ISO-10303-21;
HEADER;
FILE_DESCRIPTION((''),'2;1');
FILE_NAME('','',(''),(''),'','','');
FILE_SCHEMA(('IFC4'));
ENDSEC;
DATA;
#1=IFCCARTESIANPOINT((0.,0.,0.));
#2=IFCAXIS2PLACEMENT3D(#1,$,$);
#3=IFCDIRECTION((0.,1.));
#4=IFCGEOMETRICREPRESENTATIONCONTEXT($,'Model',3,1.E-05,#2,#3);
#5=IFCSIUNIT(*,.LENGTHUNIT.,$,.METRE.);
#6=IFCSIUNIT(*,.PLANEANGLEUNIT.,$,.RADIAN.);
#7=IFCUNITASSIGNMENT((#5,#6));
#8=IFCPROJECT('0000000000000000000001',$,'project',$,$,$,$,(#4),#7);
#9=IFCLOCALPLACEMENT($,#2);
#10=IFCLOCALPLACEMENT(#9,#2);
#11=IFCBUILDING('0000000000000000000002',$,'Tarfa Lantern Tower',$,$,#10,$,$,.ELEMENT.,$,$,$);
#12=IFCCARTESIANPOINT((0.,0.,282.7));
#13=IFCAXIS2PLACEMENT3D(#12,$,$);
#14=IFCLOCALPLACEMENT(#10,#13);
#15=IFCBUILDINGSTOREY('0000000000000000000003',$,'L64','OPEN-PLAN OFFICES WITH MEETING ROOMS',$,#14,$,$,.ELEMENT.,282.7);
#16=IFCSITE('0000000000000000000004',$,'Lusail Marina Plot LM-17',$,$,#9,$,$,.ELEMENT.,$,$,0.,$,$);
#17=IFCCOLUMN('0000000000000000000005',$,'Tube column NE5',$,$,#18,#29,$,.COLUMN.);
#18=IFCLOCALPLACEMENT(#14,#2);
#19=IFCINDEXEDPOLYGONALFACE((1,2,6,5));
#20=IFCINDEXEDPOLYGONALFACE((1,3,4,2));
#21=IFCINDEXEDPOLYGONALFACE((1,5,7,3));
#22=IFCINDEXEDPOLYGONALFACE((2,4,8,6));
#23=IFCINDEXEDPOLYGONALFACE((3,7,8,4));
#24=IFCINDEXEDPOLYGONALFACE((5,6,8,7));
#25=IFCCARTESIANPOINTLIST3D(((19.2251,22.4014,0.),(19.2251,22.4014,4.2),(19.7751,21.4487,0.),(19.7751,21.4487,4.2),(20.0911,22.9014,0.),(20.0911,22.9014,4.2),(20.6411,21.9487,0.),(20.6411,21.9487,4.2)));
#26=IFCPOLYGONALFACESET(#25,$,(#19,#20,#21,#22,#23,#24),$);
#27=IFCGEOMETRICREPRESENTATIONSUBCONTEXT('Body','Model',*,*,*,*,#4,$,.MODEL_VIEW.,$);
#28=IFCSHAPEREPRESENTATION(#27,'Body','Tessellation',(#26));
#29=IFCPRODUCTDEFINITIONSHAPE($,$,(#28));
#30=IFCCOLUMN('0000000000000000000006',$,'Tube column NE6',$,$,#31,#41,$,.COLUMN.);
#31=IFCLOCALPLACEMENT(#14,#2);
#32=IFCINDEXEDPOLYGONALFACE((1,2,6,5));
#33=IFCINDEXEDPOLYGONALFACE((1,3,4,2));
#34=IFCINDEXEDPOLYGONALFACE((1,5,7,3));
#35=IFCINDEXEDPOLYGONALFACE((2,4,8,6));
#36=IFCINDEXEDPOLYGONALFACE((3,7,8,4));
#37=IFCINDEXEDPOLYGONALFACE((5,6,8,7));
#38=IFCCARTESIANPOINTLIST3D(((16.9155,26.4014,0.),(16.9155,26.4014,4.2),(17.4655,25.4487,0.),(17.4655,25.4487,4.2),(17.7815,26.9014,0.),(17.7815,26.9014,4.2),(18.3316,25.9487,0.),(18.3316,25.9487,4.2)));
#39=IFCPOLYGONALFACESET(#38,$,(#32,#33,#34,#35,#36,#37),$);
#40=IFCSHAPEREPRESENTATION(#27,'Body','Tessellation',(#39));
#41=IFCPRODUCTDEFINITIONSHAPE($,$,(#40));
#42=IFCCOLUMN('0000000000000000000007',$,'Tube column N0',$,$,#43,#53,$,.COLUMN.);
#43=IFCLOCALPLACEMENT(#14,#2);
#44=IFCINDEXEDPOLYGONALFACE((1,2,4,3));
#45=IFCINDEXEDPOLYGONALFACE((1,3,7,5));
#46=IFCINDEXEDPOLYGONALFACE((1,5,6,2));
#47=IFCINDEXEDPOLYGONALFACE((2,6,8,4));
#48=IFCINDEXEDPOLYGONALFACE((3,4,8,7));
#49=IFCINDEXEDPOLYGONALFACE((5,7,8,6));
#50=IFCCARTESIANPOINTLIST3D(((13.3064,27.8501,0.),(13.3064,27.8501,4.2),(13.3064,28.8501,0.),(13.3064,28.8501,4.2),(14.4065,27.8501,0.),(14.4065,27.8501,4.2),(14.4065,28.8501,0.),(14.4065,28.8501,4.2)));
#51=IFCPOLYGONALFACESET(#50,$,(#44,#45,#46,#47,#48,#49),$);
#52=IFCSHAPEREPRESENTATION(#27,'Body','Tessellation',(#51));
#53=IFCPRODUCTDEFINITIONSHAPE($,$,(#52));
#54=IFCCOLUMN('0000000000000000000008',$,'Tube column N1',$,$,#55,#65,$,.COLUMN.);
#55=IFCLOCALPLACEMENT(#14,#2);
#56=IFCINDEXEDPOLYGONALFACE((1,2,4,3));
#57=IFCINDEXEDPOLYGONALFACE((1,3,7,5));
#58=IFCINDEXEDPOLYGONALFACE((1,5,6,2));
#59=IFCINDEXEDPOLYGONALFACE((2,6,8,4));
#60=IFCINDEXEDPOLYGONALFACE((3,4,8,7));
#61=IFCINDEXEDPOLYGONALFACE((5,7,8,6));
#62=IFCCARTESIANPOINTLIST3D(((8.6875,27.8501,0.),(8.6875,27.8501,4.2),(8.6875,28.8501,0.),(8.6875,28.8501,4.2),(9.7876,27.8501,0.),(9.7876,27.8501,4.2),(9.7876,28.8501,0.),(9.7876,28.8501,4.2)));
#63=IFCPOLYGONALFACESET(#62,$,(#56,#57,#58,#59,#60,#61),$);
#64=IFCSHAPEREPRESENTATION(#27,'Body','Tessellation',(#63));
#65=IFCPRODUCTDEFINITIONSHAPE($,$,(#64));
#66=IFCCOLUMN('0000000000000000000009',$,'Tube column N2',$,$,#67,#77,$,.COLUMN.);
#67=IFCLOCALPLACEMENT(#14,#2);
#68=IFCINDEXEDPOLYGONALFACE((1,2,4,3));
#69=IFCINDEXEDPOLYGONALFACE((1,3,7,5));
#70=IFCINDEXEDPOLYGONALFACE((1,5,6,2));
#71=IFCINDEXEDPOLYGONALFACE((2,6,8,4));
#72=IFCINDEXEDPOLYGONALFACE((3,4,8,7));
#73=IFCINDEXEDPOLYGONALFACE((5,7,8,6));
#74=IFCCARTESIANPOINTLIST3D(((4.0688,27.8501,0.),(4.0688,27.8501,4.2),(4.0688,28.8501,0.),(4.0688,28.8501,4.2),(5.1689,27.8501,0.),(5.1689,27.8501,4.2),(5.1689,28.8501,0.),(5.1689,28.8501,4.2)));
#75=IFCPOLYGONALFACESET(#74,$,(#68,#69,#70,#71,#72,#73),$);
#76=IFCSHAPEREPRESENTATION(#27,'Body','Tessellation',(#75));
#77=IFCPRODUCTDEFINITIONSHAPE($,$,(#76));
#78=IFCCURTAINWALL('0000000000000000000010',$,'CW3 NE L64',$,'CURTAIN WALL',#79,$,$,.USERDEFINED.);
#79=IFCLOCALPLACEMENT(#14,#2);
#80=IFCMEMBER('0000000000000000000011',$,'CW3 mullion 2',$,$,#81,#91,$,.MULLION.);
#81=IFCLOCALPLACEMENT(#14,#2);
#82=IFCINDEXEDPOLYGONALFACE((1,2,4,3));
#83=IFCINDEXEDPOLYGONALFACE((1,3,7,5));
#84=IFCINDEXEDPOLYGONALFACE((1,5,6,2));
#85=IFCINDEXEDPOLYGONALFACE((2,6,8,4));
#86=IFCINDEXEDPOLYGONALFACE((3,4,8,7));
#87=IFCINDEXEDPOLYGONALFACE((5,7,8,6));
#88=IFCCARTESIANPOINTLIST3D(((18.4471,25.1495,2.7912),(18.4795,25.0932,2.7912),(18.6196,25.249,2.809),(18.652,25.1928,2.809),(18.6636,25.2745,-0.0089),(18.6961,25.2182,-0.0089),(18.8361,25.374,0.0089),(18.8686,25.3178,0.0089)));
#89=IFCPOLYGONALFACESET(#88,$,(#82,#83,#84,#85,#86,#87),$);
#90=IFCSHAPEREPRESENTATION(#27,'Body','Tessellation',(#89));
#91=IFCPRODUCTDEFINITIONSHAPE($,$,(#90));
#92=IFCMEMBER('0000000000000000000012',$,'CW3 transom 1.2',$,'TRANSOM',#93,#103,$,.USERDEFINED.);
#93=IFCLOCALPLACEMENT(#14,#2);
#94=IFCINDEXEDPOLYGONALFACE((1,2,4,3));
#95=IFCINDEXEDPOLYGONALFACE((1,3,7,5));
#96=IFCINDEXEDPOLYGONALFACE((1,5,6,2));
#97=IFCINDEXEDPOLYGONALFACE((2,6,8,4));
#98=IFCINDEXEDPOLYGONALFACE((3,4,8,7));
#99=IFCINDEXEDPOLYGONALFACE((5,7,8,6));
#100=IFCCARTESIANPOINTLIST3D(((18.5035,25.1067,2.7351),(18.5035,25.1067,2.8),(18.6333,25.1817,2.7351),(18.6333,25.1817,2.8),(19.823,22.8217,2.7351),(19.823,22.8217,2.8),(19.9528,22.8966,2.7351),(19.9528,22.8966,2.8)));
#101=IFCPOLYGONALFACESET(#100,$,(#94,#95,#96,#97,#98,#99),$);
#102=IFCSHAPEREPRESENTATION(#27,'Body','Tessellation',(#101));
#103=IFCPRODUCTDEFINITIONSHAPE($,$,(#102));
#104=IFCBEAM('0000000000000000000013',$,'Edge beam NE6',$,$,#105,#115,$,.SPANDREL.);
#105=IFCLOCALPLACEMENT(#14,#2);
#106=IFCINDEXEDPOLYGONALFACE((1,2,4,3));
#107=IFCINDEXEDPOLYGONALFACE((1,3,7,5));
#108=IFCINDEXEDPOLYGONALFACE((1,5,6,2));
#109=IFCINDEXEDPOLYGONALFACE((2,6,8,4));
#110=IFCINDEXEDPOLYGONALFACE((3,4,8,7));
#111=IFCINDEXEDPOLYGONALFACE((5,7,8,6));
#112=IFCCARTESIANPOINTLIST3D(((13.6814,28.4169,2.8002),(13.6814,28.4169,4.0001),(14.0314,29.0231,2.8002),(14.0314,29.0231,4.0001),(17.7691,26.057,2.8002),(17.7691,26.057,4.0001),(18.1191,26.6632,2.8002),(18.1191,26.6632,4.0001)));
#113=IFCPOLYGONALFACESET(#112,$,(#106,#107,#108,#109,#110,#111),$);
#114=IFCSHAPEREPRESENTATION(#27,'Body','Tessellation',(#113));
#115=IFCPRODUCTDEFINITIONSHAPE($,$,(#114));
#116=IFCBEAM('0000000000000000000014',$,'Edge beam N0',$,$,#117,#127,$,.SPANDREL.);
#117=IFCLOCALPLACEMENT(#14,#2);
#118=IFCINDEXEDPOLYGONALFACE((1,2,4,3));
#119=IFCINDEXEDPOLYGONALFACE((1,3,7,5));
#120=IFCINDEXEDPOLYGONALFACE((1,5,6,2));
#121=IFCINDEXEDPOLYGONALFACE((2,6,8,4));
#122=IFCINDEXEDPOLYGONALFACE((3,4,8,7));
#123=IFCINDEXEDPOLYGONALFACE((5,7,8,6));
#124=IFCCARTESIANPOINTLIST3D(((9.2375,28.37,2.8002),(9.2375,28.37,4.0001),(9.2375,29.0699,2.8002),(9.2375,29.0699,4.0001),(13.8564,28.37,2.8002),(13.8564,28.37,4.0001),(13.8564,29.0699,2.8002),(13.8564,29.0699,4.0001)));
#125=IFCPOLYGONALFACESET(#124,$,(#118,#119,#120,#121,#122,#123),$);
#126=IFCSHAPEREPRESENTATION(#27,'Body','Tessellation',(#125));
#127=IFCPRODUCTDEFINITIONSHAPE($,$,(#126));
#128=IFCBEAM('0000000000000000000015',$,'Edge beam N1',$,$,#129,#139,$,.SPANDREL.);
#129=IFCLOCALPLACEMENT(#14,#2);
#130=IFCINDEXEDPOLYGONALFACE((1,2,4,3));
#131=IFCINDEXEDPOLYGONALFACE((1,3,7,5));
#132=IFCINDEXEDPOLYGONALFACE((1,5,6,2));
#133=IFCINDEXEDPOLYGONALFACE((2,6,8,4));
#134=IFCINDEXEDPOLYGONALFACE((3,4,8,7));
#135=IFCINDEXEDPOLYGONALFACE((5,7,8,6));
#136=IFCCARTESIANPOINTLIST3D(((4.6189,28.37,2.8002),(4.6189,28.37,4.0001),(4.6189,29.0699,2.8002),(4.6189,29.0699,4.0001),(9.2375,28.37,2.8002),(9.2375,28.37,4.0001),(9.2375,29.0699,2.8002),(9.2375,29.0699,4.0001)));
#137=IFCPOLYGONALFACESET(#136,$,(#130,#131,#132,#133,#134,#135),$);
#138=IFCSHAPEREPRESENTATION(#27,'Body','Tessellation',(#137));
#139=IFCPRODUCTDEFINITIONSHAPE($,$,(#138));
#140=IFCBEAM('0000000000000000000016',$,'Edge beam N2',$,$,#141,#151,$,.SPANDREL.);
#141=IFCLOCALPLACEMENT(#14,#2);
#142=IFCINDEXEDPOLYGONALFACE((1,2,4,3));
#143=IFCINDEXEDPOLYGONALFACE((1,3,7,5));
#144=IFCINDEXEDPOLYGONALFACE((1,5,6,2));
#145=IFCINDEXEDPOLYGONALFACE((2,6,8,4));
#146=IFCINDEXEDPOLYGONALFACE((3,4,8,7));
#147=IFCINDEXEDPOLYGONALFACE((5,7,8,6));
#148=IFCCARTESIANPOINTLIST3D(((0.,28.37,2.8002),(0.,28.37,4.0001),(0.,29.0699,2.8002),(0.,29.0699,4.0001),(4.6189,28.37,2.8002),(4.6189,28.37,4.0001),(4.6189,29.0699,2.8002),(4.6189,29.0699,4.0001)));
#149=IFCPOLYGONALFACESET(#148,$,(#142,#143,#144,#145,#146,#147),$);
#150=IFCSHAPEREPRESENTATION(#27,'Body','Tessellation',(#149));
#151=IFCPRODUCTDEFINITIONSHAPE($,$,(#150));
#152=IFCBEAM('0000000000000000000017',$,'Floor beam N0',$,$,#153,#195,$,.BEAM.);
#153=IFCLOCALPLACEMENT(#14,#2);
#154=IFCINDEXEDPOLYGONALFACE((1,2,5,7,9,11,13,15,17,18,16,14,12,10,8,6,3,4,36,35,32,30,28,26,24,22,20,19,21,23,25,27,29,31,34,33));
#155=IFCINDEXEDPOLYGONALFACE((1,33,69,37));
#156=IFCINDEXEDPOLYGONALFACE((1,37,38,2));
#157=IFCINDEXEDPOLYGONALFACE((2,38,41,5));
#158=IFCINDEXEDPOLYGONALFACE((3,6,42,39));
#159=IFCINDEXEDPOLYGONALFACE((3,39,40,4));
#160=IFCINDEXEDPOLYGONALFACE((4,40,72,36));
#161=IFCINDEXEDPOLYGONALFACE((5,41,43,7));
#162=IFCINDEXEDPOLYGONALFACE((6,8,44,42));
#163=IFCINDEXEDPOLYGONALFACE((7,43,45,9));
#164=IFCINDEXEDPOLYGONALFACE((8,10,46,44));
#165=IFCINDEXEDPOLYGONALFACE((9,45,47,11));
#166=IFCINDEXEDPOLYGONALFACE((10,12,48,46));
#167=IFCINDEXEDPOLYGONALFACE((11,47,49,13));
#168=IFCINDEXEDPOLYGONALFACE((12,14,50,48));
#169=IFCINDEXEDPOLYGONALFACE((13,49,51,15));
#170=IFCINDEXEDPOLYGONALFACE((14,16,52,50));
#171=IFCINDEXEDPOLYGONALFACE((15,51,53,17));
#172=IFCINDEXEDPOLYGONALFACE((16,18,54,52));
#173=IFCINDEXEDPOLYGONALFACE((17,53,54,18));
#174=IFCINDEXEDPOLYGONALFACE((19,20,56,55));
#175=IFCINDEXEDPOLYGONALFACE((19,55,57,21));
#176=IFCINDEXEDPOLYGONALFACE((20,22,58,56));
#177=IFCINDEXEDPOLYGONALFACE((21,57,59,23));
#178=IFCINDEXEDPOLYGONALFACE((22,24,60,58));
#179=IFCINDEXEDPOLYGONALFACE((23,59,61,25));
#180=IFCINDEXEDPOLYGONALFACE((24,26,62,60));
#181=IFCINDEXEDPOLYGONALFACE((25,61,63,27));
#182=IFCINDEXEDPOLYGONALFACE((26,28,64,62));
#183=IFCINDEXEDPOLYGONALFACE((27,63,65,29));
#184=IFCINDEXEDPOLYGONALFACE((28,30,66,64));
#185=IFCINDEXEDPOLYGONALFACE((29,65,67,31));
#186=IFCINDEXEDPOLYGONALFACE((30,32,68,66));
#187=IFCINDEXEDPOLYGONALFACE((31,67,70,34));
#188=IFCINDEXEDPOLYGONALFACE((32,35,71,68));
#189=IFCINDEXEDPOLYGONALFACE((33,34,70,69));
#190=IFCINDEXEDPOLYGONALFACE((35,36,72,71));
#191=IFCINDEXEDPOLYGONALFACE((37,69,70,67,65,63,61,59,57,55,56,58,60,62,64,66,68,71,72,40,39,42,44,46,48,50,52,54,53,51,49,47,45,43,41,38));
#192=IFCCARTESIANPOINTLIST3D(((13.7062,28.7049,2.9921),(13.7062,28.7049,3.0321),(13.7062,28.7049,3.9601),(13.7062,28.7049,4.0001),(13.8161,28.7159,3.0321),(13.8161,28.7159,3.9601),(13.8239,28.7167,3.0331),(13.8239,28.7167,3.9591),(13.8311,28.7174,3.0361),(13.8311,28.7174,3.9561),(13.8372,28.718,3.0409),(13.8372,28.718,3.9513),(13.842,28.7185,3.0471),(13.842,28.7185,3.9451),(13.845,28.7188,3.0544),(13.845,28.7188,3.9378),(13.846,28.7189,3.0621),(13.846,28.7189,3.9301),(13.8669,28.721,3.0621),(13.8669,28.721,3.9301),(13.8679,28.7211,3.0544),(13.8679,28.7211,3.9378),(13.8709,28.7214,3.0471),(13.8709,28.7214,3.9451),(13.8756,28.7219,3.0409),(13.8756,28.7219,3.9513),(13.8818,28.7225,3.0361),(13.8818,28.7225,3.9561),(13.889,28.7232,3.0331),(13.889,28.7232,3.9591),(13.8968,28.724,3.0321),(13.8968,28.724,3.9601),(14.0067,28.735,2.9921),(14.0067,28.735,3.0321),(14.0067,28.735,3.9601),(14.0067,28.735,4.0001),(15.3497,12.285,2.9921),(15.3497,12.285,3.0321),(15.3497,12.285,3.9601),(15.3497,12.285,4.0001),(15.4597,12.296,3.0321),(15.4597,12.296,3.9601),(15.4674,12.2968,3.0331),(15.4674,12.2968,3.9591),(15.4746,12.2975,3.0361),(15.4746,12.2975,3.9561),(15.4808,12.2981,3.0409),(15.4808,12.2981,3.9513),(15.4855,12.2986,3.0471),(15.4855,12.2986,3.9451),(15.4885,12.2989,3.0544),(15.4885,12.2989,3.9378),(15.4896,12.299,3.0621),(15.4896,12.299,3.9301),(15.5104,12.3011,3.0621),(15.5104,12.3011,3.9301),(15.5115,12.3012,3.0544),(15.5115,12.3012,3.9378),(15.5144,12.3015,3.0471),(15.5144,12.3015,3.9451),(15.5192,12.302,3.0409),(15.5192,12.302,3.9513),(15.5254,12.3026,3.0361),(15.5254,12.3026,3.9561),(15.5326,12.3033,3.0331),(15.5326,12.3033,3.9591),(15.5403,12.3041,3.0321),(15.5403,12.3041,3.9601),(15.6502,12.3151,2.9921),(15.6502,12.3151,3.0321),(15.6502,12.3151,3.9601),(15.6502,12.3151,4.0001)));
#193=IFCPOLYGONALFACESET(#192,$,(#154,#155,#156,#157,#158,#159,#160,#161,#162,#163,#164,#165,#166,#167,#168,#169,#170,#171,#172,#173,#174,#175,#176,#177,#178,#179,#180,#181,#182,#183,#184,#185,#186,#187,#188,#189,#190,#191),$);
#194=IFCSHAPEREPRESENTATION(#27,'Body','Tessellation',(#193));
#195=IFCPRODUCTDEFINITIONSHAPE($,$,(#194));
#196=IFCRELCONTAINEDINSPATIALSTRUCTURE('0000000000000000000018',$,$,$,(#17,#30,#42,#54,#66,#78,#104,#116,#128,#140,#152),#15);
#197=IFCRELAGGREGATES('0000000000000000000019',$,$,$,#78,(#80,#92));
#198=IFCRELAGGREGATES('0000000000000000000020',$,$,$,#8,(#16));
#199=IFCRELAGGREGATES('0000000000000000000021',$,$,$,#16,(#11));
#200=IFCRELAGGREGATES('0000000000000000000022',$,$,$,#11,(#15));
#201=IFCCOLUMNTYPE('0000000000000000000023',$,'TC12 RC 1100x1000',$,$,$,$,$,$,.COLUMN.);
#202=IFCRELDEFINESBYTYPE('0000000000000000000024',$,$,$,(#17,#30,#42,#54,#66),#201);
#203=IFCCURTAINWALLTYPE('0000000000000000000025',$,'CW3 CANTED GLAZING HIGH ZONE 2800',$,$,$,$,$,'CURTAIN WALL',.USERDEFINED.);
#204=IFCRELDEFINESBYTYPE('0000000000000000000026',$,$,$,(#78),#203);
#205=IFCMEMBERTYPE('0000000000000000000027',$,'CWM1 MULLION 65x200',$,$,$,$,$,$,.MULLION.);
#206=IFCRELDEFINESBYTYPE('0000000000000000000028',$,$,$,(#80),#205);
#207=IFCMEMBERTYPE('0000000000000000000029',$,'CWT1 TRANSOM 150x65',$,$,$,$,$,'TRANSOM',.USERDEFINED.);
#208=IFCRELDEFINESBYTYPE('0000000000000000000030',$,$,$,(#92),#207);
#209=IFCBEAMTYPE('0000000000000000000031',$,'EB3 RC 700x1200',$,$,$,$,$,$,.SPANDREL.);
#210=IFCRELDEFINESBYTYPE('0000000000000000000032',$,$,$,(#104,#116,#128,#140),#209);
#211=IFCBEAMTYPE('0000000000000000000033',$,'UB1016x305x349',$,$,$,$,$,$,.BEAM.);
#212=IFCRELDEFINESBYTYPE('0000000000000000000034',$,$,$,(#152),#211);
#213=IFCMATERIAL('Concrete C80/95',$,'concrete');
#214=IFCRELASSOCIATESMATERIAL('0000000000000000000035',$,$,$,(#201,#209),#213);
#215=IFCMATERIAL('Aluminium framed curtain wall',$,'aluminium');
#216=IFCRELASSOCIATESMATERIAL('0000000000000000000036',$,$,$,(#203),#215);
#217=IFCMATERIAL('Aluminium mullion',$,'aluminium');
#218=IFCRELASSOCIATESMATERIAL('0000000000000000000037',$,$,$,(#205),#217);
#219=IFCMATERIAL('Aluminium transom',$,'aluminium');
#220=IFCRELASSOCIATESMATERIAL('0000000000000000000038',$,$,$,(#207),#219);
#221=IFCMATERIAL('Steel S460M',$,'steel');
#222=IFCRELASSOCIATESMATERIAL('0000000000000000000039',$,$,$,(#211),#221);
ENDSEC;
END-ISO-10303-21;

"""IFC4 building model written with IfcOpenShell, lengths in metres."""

from ifc_helpers import new_model, si_unit, direction, frame, origin, origin_2d, place, context, subcontext, project, spatial, rectangle, i_section, extrude, material, material_profile, profile_set, type_object, element, aggregate, save


model = new_model("IFC4")

# Units and contexts
model_context = context("Model", 3, precision=1e-05, world=origin(), true_north=direction((0.0, 1.0)))
body_context = subcontext(model_context, "Body", "Model", "MODEL_VIEW")
ifc_project = project(units=[si_unit("LENGTHUNIT", "METRE"), si_unit("PLANEANGLEUNIT", "RADIAN")], contexts=[model_context])

# Site, building, storey
site_placement = place(None, origin())
site = spatial("IfcSite", under=ifc_project, at=site_placement, Name="Lusail Marina Plot LM-17", CompositionType="ELEMENT", RefElevation=0.0)
building_placement = place(site_placement, origin())
building = spatial("IfcBuilding", under=site, at=building_placement, Name="Tarfa Lantern Tower", CompositionType="ELEMENT")
storey_placement = place(building_placement, frame((0.0, 0.0, 282.7)))
storey = spatial("IfcBuildingStorey", under=building, at=storey_placement, Name="L64", Description="OPEN-PLAN OFFICES WITH MEETING ROOMS", CompositionType="ELEMENT", Elevation=282.7)

# Columns
ifc_material_1 = material(Name="Concrete C80/95", Category="concrete")
ifc_material_profile_1 = material_profile(ifc_material_1, rectangle(XDim=1.1001, YDim=1.0, at=origin_2d()), Name="RC 1100x1000")
ifc_profile_set_1 = profile_set([ifc_material_profile_1], Name="Concrete C80/95")
column_type = type_object("IfcColumnType", Name="TC12 RC 1100x1000", PredefinedType="COLUMN", material=ifc_profile_set_1)
for number, where, z_axis, x_axis, name in (
    (1, (19.9331, 22.175, 0.0), (0.0, 0.0, 1.0), (-0.5, 0.866025, 0.0), "Tube column NE5"),
    (2, (17.6235, 26.175, 0.0), (0.0, 0.0, 1.0), (-0.5, 0.866025, 0.0), "Tube column NE6"),
    (3, (13.8564, 28.3501, 0.0), (0.0, 0.0, 1.0), (-1.0, 0.0, 0.0), "Tube column N0"),
    (4, (9.2375, 28.3501, 0.0), (0.0, 0.0, 1.0), (-1.0, 0.0, 0.0), "Tube column N1"),
    (5, (4.6189, 28.3501, 0.0), (0.0, 0.0, 1.0), (-1.0, 0.0, 0.0), "Tube column N2"),
):
    element("IfcColumn", number, at=place(storey_placement, frame(where, z_axis=z_axis, x_axis=x_axis)), inside=storey, type_object=column_type, Name=name, PredefinedType="COLUMN", context=body_context, shape_type="SweptSolid", body=[
        extrude(rectangle(XDim=1.1001, YDim=1.0, at=origin_2d()), origin(), (0.0, 0.0, 1.0), 4.2),
    ])

# Curtain wall, members
ifc_material_2 = material(Name="Aluminium framed curtain wall", Category="aluminium")
curtain_wall_type = type_object("IfcCurtainWallType", Name="CW3 CANTED GLAZING HIGH ZONE 2800", ElementType="CURTAIN WALL", PredefinedType="USERDEFINED", material=ifc_material_2)
curtain_wall_placement = place(storey_placement, origin())
curtain_wall = element("IfcCurtainWall", 6, at=curtain_wall_placement, inside=storey, type_object=curtain_wall_type, Name="CW3 NE L64", ObjectType="CURTAIN WALL", PredefinedType="USERDEFINED")
ifc_material_3 = material(Name="Aluminium mullion", Category="aluminium")
ifc_material_profile_2 = material_profile(ifc_material_3, rectangle(XDim=0.0649, YDim=0.2, at=origin_2d()), Name="AL MULLION 65x200")
ifc_profile_set_2 = profile_set([ifc_material_profile_2], Name="Aluminium mullion")
member_type_1 = type_object("IfcMemberType", Name="CWM1 MULLION 65x200", PredefinedType="MULLION", material=ifc_profile_set_2)
member_1_placement = place(storey_placement, frame((18.7661, 25.2961, 0.0), z_axis=(-0.077032, -0.044465, 0.996037), x_axis=(0.49992, -0.866072, 0.0)))
member_1 = element("IfcMember", 7, at=member_1_placement, type_object=member_type_1, Name="CW3 mullion 2", PredefinedType="MULLION", context=body_context, shape_type="SweptSolid", body=[
    extrude(rectangle(XDim=0.0649, YDim=0.2, at=origin_2d()), origin(), (0.0, 0.0, 1.0), 2.8113),
])
ifc_material_4 = material(Name="Aluminium transom", Category="aluminium")
ifc_material_profile_3 = material_profile(ifc_material_4, rectangle(XDim=0.1499, YDim=0.0649, at=origin_2d()), Name="AL TRANSOM 150x65")
ifc_profile_set_3 = profile_set([ifc_material_profile_3], Name="Aluminium transom")
member_type_2 = type_object("IfcMemberType", Name="CWT1 TRANSOM 150x65", ElementType="TRANSOM", PredefinedType="USERDEFINED", material=ifc_profile_set_3)
member_2_placement = place(storey_placement, frame((19.8879, 22.8591, 2.7676), z_axis=(-0.500069, 0.865985, 0.0), x_axis=(-0.865985, -0.500069, 0.0)))
member_2 = element("IfcMember", 8, at=member_2_placement, type_object=member_type_2, Name="CW3 transom 1.2", ObjectType="TRANSOM", PredefinedType="USERDEFINED", context=body_context, shape_type="SweptSolid", body=[
    extrude(rectangle(XDim=0.1499, YDim=0.0649, at=origin_2d()), origin(), (0.0, 0.0, 1.0), 2.6387),
])

# Beams
ifc_material_profile_4 = material_profile(ifc_material_1, rectangle(XDim=0.7, YDim=1.2, at=origin_2d()), Name="RC 700x1200")
ifc_profile_set_4 = profile_set([ifc_material_profile_4], Name="Concrete C80/95")
beam_type_1 = type_object("IfcBeamType", Name="EB3 RC 700x1200", PredefinedType="SPANDREL", material=ifc_profile_set_4)
beam_1_placement = place(storey_placement, frame((17.9441, 26.3601, 3.4001), z_axis=(-0.866038, 0.499978, 0.0), x_axis=(-0.499978, -0.866038, 0.0)))
element("IfcBeam", 9, at=beam_1_placement, inside=storey, type_object=beam_type_1, Name="Edge beam NE6", PredefinedType="SPANDREL", context=body_context, shape_type="SweptSolid", body=[
    extrude(rectangle(XDim=0.7, YDim=1.2, at=origin_2d()), origin(), (0.0, 0.0, 1.0), 4.72),
])
beam_2_placement = place(storey_placement, frame((13.8564, 28.72, 3.4001), z_axis=(-1.0, 0.0, 0.0), x_axis=(0.0, -1.0, 0.0)))
element("IfcBeam", 10, at=beam_2_placement, inside=storey, type_object=beam_type_1, Name="Edge beam N0", PredefinedType="SPANDREL", context=body_context, shape_type="SweptSolid", body=[
    extrude(rectangle(XDim=0.7, YDim=1.2, at=origin_2d()), origin(), (0.0, 0.0, 1.0), 4.6189),
])
beam_3_placement = place(storey_placement, frame((9.2375, 28.72, 3.4001), z_axis=(-1.0, 0.0, 0.0), x_axis=(0.0, -1.0, 0.0)))
element("IfcBeam", 11, at=beam_3_placement, inside=storey, type_object=beam_type_1, Name="Edge beam N1", PredefinedType="SPANDREL", context=body_context, shape_type="SweptSolid", body=[
    extrude(rectangle(XDim=0.7, YDim=1.2, at=origin_2d()), origin(), (0.0, 0.0, 1.0), 4.6187),
])
beam_4_placement = place(storey_placement, frame((4.6189, 28.72, 3.4001), z_axis=(-1.0, 0.0, 0.0), x_axis=(0.0, -1.0, 0.0)))
element("IfcBeam", 12, at=beam_4_placement, inside=storey, type_object=beam_type_1, Name="Edge beam N2", PredefinedType="SPANDREL", context=body_context, shape_type="SweptSolid", body=[
    extrude(rectangle(XDim=0.7, YDim=1.2, at=origin_2d()), origin(), (0.0, 0.0, 1.0), 4.6189),
])
ifc_material_5 = material(Name="Steel S460M", Category="steel")
ifc_material_profile_5 = material_profile(ifc_material_5, i_section(OverallWidth=0.302, OverallDepth=1.0081, WebThickness=0.021, FlangeThickness=0.04, FilletRadius=0.03, at=origin_2d()), Name="UB1016x305x349")
ifc_profile_set_5 = profile_set([ifc_material_profile_5], Name="Steel S460M")
beam_type_2 = type_object("IfcBeamType", Name="UB1016x305x349", PredefinedType="BEAM", material=ifc_profile_set_5)
beam_5_placement = place(storey_placement, frame((13.8564, 28.72, 3.4961), z_axis=(0.099597, -0.995028, 0.0), x_axis=(0.995028, 0.099597, 0.0)))
element("IfcBeam", 13, at=beam_5_placement, inside=storey, type_object=beam_type_2, Name="Floor beam N0", PredefinedType="BEAM", context=body_context, shape_type="SweptSolid", body=[
    extrude(i_section(OverallWidth=0.302, OverallDepth=1.0081, WebThickness=0.021, FlangeThickness=0.04, FilletRadius=0.03, at=origin_2d()), origin(), (0.0, 0.0, 1.0), 16.502),
])

aggregate(curtain_wall, [member_1, member_2])

save(model, "model.ifc")
